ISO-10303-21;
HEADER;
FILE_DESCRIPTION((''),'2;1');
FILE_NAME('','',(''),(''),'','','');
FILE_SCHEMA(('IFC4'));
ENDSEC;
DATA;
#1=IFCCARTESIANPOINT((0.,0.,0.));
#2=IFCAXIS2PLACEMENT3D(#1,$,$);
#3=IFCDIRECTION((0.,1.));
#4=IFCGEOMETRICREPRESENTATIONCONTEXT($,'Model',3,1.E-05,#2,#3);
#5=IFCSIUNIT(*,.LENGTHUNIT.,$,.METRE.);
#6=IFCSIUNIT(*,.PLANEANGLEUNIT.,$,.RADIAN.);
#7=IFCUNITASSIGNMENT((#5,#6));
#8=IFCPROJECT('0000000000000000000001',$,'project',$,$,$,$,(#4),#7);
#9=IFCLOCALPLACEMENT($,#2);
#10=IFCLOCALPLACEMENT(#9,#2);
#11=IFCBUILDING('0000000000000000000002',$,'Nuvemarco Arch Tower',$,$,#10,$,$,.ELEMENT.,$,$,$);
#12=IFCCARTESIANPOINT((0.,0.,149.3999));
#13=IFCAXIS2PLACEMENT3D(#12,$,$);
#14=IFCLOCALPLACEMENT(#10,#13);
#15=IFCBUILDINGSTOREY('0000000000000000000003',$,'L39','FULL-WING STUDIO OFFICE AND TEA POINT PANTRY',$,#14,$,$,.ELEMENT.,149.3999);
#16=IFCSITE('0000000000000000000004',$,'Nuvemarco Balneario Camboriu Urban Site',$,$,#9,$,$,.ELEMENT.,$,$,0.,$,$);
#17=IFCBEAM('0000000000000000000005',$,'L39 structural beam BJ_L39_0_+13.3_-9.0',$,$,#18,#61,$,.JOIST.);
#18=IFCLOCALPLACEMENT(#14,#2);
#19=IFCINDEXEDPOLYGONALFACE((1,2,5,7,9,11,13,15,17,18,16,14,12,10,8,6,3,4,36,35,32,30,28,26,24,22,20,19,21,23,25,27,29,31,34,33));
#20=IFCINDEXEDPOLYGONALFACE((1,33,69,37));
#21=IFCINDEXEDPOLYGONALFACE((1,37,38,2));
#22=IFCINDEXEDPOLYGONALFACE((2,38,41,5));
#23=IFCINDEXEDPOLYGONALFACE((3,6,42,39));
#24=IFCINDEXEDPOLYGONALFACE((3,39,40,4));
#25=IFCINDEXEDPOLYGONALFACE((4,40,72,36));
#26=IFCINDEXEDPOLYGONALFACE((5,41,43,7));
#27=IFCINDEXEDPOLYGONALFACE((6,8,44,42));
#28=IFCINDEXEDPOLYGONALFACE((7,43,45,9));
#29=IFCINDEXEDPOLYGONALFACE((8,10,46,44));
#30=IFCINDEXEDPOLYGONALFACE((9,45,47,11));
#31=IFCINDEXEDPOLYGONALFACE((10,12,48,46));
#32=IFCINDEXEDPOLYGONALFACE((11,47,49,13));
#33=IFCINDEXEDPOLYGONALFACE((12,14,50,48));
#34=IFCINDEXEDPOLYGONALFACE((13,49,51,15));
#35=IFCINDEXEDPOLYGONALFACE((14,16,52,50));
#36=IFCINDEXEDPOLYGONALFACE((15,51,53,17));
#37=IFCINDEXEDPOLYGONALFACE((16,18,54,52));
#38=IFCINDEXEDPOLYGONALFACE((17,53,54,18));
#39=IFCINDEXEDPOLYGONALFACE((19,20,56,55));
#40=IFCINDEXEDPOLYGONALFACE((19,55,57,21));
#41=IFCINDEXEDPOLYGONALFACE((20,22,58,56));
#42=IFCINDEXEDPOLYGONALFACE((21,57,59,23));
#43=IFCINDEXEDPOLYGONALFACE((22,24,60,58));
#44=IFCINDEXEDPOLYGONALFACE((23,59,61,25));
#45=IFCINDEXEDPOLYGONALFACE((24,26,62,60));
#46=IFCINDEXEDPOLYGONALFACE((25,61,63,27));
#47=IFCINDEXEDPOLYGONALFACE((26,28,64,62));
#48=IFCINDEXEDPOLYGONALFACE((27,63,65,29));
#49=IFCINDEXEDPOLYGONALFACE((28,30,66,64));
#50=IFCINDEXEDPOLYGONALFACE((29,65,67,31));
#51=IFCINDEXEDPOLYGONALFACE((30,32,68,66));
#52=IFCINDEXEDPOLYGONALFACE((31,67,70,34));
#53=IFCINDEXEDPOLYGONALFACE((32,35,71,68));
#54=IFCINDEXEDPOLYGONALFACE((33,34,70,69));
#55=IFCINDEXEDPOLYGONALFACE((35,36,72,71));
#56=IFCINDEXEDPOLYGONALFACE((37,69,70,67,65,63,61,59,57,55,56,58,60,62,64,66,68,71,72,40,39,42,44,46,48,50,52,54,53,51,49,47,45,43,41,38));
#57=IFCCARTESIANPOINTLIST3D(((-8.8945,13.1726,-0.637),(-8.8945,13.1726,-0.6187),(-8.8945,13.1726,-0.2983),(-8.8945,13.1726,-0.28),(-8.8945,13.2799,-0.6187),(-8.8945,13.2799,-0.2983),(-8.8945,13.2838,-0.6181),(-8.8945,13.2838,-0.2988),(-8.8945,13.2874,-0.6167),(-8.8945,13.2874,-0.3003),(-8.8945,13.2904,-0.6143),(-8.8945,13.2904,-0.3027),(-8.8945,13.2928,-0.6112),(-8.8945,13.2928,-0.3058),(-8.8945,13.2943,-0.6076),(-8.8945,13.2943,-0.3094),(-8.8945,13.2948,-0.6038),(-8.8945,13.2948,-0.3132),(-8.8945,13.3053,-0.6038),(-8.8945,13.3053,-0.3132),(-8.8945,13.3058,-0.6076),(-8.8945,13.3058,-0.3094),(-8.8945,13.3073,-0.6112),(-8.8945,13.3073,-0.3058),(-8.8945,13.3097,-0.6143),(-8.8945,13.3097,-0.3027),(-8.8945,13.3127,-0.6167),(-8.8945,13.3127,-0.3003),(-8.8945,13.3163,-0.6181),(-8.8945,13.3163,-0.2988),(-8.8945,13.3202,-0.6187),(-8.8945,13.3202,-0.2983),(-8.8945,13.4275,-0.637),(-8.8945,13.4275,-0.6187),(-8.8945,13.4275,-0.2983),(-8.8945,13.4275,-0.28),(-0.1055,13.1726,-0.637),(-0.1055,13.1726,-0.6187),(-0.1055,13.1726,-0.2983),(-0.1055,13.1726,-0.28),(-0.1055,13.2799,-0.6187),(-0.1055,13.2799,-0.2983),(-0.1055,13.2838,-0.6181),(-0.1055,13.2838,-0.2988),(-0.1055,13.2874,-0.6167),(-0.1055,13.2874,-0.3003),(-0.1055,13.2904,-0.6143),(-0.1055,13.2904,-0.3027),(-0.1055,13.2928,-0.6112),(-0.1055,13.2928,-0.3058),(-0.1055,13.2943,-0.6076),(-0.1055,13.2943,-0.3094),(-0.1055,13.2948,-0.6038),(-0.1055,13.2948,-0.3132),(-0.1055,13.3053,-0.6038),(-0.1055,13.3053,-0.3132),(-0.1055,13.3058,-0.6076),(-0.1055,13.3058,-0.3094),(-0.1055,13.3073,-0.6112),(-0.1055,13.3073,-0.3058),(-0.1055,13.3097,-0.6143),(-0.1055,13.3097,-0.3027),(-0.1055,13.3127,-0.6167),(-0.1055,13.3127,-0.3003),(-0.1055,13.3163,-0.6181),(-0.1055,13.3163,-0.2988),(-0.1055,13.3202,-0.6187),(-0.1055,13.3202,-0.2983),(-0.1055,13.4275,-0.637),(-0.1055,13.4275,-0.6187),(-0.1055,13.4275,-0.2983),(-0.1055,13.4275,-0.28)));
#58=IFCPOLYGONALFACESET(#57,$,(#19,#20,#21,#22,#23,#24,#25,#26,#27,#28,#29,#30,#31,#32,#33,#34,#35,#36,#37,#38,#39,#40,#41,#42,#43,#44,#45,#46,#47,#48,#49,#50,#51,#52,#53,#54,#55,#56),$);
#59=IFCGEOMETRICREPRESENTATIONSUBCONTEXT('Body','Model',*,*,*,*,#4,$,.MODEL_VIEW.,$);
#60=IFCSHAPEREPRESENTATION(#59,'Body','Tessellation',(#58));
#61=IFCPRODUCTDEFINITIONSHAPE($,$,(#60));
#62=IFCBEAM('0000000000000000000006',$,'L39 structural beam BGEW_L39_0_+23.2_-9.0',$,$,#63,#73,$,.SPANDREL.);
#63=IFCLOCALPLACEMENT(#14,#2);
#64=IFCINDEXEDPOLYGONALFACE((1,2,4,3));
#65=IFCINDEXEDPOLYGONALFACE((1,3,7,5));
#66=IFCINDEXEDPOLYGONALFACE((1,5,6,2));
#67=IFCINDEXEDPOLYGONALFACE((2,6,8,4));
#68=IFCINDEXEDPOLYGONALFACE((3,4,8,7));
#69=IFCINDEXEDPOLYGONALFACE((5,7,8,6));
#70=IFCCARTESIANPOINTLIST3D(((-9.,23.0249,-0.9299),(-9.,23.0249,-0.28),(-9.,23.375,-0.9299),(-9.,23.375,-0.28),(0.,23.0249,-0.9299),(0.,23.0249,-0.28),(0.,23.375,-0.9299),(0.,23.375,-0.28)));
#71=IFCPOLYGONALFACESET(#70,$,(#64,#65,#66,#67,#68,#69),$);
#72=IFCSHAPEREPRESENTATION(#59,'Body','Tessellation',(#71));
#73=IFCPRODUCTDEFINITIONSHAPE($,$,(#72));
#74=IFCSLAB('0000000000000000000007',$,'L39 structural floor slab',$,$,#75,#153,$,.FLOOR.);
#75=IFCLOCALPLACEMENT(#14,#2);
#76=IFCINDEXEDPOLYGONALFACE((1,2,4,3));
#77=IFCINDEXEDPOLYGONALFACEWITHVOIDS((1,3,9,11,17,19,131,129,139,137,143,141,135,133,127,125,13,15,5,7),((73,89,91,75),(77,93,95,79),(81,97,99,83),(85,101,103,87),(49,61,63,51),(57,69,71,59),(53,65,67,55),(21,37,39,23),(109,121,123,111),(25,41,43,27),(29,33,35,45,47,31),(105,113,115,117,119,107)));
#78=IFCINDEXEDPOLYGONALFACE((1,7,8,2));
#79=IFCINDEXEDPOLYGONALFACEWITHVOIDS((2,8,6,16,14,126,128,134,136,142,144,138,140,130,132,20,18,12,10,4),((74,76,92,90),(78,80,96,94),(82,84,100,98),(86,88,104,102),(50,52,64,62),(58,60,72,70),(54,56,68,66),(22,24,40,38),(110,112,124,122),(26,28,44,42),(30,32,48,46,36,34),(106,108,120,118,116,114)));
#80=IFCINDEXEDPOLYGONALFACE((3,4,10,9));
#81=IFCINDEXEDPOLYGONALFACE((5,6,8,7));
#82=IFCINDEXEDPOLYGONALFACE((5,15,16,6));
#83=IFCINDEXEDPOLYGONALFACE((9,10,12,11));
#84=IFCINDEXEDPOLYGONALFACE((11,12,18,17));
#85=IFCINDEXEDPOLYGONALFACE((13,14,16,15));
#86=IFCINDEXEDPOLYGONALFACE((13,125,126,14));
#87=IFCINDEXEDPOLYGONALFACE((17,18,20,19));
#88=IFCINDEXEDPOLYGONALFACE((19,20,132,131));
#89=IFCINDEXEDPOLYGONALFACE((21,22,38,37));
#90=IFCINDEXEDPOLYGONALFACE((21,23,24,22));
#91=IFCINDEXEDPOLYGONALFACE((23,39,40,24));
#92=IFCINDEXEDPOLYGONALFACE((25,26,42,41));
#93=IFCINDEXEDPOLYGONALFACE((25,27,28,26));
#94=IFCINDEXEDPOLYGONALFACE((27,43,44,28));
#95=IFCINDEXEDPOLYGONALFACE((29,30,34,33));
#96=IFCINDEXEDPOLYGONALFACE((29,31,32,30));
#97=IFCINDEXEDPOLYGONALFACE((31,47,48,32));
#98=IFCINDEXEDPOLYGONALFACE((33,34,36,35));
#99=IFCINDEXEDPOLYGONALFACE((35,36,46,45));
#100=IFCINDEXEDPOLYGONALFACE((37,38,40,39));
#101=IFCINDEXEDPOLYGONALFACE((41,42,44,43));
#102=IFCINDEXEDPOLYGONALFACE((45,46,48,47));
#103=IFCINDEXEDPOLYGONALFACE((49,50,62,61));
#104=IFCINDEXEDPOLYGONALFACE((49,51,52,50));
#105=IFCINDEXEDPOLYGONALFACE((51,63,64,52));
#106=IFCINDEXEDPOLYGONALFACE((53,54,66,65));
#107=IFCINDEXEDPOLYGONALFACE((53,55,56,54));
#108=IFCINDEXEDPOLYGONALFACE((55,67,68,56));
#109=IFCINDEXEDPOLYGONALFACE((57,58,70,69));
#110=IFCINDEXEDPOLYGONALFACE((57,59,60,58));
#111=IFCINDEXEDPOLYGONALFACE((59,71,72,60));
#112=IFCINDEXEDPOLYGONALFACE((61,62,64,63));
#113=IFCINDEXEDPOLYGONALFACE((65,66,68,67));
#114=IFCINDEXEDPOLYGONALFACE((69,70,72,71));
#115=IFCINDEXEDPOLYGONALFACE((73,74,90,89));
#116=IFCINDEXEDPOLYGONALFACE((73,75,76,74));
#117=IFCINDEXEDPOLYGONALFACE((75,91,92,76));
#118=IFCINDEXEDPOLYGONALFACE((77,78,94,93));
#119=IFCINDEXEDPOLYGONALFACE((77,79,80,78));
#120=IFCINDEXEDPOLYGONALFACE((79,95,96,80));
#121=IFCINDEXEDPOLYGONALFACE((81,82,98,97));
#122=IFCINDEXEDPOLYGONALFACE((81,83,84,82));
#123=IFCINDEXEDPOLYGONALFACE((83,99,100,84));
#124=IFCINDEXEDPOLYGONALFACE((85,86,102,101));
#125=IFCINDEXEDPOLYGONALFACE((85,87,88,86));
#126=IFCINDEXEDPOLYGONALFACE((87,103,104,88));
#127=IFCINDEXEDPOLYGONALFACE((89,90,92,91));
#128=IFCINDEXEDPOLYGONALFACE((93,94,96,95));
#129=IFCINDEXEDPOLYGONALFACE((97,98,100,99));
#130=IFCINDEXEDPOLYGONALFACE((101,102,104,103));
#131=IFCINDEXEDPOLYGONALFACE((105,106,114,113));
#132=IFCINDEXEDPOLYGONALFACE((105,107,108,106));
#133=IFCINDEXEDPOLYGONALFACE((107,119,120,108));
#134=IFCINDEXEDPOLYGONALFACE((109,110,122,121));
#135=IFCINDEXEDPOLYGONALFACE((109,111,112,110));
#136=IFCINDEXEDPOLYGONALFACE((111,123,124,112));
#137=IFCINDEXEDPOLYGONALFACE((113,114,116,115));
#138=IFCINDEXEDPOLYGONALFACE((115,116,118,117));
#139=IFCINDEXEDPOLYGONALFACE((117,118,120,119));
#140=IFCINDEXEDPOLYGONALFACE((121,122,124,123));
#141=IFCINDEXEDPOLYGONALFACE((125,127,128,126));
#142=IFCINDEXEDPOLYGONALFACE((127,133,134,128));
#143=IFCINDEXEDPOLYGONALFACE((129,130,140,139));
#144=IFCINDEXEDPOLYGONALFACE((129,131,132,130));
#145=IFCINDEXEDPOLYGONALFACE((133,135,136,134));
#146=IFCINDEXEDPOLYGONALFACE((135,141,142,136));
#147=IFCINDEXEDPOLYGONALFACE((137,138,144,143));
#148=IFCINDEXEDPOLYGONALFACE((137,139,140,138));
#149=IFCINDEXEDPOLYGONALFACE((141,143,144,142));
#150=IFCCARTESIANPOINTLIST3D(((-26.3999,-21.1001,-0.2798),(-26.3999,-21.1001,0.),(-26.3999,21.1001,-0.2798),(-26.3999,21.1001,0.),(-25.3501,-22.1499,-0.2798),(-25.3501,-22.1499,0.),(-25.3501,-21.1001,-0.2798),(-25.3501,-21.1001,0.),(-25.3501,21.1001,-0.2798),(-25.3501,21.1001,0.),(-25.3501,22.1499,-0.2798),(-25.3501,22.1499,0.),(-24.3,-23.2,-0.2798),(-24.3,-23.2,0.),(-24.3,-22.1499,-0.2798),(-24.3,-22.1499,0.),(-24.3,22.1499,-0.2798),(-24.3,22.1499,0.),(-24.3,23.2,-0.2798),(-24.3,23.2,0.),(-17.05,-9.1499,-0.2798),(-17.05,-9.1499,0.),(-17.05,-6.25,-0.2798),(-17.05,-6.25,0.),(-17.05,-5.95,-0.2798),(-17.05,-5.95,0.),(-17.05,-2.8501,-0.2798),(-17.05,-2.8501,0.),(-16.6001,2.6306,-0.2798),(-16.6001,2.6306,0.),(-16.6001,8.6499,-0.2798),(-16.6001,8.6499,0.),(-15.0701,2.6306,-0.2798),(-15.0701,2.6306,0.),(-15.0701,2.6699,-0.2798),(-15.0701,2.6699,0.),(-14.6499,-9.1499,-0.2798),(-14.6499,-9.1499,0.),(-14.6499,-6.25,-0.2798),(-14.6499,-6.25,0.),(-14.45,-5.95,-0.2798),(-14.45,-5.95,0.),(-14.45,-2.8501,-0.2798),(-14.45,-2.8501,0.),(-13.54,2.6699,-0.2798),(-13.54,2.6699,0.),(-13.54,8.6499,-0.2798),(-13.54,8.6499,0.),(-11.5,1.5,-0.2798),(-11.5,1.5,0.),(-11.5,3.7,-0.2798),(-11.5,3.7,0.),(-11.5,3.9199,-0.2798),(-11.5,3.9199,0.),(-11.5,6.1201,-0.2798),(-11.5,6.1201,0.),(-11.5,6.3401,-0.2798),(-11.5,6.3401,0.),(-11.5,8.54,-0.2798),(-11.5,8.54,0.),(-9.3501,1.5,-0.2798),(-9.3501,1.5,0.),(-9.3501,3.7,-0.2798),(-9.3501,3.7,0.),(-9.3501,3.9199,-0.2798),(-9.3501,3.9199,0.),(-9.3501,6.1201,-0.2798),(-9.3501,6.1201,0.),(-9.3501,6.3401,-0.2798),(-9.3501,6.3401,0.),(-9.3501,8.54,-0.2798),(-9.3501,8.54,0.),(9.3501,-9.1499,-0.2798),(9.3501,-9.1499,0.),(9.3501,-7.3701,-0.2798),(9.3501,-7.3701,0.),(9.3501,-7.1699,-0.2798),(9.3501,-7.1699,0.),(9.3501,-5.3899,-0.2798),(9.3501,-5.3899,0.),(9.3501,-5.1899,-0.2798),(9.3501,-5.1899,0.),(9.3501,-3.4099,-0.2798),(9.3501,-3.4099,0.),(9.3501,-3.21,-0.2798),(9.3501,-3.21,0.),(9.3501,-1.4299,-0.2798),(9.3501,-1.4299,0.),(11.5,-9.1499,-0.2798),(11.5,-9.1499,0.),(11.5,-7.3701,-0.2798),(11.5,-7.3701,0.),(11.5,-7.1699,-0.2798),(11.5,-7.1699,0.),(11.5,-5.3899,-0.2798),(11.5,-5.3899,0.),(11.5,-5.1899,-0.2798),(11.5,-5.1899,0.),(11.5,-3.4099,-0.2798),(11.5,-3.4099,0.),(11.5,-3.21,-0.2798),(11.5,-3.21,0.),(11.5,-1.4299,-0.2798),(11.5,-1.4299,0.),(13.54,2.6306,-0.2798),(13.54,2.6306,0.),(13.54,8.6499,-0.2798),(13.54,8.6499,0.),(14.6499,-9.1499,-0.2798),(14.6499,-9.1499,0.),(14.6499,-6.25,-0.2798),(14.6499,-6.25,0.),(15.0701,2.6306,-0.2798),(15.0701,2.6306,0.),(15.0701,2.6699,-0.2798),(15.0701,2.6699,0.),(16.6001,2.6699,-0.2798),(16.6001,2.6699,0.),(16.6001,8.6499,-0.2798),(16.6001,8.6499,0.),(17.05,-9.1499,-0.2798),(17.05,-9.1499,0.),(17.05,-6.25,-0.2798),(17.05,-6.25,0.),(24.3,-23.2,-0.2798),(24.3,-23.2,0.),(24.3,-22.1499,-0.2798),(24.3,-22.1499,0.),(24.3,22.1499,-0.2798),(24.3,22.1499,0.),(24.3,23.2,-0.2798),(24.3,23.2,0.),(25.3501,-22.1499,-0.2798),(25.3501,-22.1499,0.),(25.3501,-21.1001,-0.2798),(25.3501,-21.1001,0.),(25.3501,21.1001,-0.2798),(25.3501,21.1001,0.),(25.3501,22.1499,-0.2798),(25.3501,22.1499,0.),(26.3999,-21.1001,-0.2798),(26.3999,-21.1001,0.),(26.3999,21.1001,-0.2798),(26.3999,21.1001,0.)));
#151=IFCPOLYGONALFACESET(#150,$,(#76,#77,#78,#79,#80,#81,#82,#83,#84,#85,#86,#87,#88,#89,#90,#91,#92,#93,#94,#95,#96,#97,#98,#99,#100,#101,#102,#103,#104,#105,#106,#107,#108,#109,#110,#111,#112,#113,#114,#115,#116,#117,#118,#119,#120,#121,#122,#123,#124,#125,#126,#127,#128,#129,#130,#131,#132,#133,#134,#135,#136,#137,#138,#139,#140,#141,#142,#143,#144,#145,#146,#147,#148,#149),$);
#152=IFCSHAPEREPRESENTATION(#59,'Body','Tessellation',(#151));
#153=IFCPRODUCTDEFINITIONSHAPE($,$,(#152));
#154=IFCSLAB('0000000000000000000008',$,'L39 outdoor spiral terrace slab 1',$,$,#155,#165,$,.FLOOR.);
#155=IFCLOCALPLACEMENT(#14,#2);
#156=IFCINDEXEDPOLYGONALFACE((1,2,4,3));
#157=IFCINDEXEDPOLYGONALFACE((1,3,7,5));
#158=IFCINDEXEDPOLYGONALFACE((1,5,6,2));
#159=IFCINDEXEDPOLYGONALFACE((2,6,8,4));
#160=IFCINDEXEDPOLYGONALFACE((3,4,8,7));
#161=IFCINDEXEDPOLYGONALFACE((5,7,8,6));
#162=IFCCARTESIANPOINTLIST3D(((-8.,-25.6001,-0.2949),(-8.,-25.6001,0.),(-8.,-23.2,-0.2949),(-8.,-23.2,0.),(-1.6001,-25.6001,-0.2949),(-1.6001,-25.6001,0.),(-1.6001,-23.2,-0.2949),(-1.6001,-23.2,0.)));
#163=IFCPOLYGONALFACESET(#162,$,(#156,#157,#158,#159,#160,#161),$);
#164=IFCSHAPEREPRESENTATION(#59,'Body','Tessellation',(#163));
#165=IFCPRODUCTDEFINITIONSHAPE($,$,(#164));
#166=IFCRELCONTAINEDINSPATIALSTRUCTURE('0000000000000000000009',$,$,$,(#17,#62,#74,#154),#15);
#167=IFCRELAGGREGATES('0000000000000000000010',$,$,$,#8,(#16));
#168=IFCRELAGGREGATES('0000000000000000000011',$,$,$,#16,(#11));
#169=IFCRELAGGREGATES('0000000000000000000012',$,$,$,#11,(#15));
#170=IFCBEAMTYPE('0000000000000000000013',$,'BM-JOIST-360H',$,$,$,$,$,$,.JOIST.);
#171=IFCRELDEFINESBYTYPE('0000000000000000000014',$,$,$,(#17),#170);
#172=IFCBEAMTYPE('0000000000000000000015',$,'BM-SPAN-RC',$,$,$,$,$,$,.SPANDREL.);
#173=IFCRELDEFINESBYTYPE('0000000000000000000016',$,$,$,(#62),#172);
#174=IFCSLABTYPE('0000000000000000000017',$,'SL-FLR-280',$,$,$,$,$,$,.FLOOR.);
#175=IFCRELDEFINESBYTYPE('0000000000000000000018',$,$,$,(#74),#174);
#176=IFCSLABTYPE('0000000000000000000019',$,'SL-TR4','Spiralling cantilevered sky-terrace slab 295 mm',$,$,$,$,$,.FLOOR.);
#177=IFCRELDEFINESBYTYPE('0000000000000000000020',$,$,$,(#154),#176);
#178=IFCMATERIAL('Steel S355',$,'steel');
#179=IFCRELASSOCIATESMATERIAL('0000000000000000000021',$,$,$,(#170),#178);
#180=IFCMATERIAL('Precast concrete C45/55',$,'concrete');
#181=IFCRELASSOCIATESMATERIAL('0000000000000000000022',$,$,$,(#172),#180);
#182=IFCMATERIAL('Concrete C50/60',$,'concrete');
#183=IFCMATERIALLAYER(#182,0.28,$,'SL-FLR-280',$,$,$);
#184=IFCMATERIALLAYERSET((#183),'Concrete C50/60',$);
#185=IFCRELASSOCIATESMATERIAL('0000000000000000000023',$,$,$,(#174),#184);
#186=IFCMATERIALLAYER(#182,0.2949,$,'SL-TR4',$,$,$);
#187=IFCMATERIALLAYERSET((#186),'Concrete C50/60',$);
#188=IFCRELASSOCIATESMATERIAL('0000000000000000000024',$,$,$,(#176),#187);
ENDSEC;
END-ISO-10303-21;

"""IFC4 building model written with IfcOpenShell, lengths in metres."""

from ifc_helpers import new_model, si_unit, direction, frame, origin, origin_2d, place, context, subcontext, project, spatial, polyline, rectangle, i_section, outline, extrude, material, layer, layer_set, material_profile, profile_set, type_object, element, save


model = new_model("IFC4")

# Units and contexts
model_context = context("Model", 3, precision=1e-05, world=origin(), true_north=direction((0.0, 1.0)))
body_context = subcontext(model_context, "Body", "Model", "MODEL_VIEW")
ifc_project = project(units=[si_unit("LENGTHUNIT", "METRE"), si_unit("PLANEANGLEUNIT", "RADIAN")], contexts=[model_context])

# Site, building, storey
site_placement = place(None, origin())
site = spatial("IfcSite", under=ifc_project, at=site_placement, Name="Nuvemarco Balneario Camboriu Urban Site", CompositionType="ELEMENT", RefElevation=0.0)
building_placement = place(site_placement, origin())
building = spatial("IfcBuilding", under=site, at=building_placement, Name="Nuvemarco Arch Tower", CompositionType="ELEMENT")
storey_placement = place(building_placement, frame((0.0, 0.0, 149.3999)))
storey = spatial("IfcBuildingStorey", under=building, at=storey_placement, Name="L39", Description="FULL-WING STUDIO OFFICE AND TEA POINT PANTRY", CompositionType="ELEMENT", Elevation=149.3999)

# Shared definitions
ifc_material_1 = material(Name="Concrete C50/60", Category="concrete")
ifc_material_2 = material(Name="Steel S355", Category="steel")

# Beams
ifc_material_profile_1 = material_profile(ifc_material_2, i_section(OverallWidth=0.2549, OverallDepth=0.3569, WebThickness=0.0105, FlangeThickness=0.0183, FilletRadius=0.0149, at=origin_2d()), Name="W360x101")
ifc_profile_set_1 = profile_set([ifc_material_profile_1], Name="Steel S355")
beam_type_1 = type_object("IfcBeamType", Name="BM-JOIST-360H", PredefinedType="JOIST", material=ifc_profile_set_1)
beam_1_placement = place(storey_placement, frame((-8.8945, 13.3, -0.4585), z_axis=(1.0, 0.0, 0.0), x_axis=(0.0, 1.0, 0.0)))
element("IfcBeam", 1, at=beam_1_placement, inside=storey, type_object=beam_type_1, Name="L39 structural beam BJ_L39_0_+13.3_-9.0", PredefinedType="JOIST", context=body_context, shape_type="SweptSolid", body=[
    extrude(i_section(OverallWidth=0.2549, OverallDepth=0.3569, WebThickness=0.0105, FlangeThickness=0.0183, FilletRadius=0.0149, at=origin_2d()), origin(), (0.0, 0.0, 1.0), 8.7891),
])
ifc_material_3 = material(Name="Precast concrete C45/55", Category="concrete")
ifc_material_profile_2 = material_profile(ifc_material_3, rectangle(XDim=0.3501, YDim=0.6499, at=origin_2d()), Name="PC-SP-350x650")
ifc_profile_set_2 = profile_set([ifc_material_profile_2], Name="Precast concrete C45/55")
beam_type_2 = type_object("IfcBeamType", Name="BM-SPAN-RC", PredefinedType="SPANDREL", material=ifc_profile_set_2)
beam_2_placement = place(storey_placement, frame((-9.0, 23.2, -0.605), z_axis=(1.0, 0.0, 0.0), x_axis=(0.0, 1.0, 0.0)))
element("IfcBeam", 2, at=beam_2_placement, inside=storey, type_object=beam_type_2, Name="L39 structural beam BGEW_L39_0_+23.2_-9.0", PredefinedType="SPANDREL", context=body_context, shape_type="SweptSolid", body=[
    extrude(rectangle(XDim=0.3501, YDim=0.6499, at=origin_2d()), origin(), (0.0, 0.0, 1.0), 9.0),
])

# Slabs
ifc_layer_1 = layer(ifc_material_1, 0.28, Name="SL-FLR-280")
ifc_layer_set_1 = layer_set([ifc_layer_1], Name="Concrete C50/60")
slab_type_1 = type_object("IfcSlabType", Name="SL-FLR-280", PredefinedType="FLOOR", material=ifc_layer_set_1)
slab_1_placement = place(storey_placement, frame((0.0, 0.0, -0.2798)))
element("IfcSlab", 3, at=slab_1_placement, inside=storey, type_object=slab_type_1, Name="L39 structural floor slab", PredefinedType="FLOOR", context=body_context, shape_type="SweptSolid", body=[
    extrude(outline(polyline([(-24.3, -23.2), (24.3, -23.2), (24.3, -22.1499), (25.3501, -22.1499), (25.3501, -21.1001), (26.3999, -21.1001), (26.3999, 21.1001), (25.3501, 21.1001), (25.3501, 22.1499), (24.3, 22.1499), (24.3, 23.2), (-24.3, 23.2), (-24.3, 22.1499), (-25.3501, 22.1499), (-25.3501, 21.1001), (-26.3999, 21.1001), (-26.3999, -21.1001), (-25.3501, -21.1001), (-25.3501, -22.1499), (-24.3, -22.1499), (-24.3, -23.2)]), holes=[polyline([(-13.54, 2.6699), (-13.54, 8.6499), (-16.6001, 8.6499), (-16.6001, 2.6306), (-15.0701, 2.6306), (-15.0701, 2.6699), (-13.54, 2.6699)]), polyline([(16.6001, 2.6699), (16.6001, 8.6499), (13.54, 8.6499), (13.54, 2.6306), (15.0701, 2.6306), (15.0701, 2.6699), (16.6001, 2.6699)]), polyline([(-17.05, -9.1499), (-14.6499, -9.1499), (-14.6499, -6.25), (-17.05, -6.25), (-17.05, -9.1499)]), polyline([(-17.05, -5.95), (-14.45, -5.95), (-14.45, -2.8501), (-17.05, -2.8501), (-17.05, -5.95)]), polyline([(-11.5, 1.5), (-9.3501, 1.5), (-9.3501, 3.7), (-11.5, 3.7), (-11.5, 1.5)]), polyline([(-11.5, 3.9199), (-9.3501, 3.9199), (-9.3501, 6.1201), (-11.5, 6.1201), (-11.5, 3.9199)]), polyline([(-11.5, 6.3401), (-9.3501, 6.3401), (-9.3501, 8.54), (-11.5, 8.54), (-11.5, 6.3401)]), polyline([(14.6499, -9.1499), (17.05, -9.1499), (17.05, -6.25), (14.6499, -6.25), (14.6499, -9.1499)]), polyline([(9.3501, -9.1499), (11.5, -9.1499), (11.5, -7.3701), (9.3501, -7.3701), (9.3501, -9.1499)]), polyline([(9.3501, -7.1699), (11.5, -7.1699), (11.5, -5.3899), (9.3501, -5.3899), (9.3501, -7.1699)]), polyline([(9.3501, -5.1899), (11.5, -5.1899), (11.5, -3.4099), (9.3501, -3.4099), (9.3501, -5.1899)]), polyline([(9.3501, -3.21), (11.5, -3.21), (11.5, -1.4299), (9.3501, -1.4299), (9.3501, -3.21)])]), origin(), (0.0, 0.0, 1.0), 0.2798),
])
ifc_layer_2 = layer(ifc_material_1, 0.2949, Name="SL-TR4")
ifc_layer_set_2 = layer_set([ifc_layer_2], Name="Concrete C50/60")
slab_type_2 = type_object("IfcSlabType", Name="SL-TR4", Description="Spiralling cantilevered sky-terrace slab 295 mm", PredefinedType="FLOOR", material=ifc_layer_set_2)
slab_2_placement = place(storey_placement, frame((0.0, 0.0, -0.2949)))
element("IfcSlab", 4, at=slab_2_placement, inside=storey, type_object=slab_type_2, Name="L39 outdoor spiral terrace slab 1", PredefinedType="FLOOR", context=body_context, shape_type="SweptSolid", body=[
    extrude(outline(polyline([(-8.0, -25.6001), (-1.6001, -25.6001), (-1.6001, -23.2), (-8.0, -23.2), (-8.0, -25.6001)])), origin(), (0.0, 0.0, 1.0), 0.2949),
])

save(model, "model.ifc")
